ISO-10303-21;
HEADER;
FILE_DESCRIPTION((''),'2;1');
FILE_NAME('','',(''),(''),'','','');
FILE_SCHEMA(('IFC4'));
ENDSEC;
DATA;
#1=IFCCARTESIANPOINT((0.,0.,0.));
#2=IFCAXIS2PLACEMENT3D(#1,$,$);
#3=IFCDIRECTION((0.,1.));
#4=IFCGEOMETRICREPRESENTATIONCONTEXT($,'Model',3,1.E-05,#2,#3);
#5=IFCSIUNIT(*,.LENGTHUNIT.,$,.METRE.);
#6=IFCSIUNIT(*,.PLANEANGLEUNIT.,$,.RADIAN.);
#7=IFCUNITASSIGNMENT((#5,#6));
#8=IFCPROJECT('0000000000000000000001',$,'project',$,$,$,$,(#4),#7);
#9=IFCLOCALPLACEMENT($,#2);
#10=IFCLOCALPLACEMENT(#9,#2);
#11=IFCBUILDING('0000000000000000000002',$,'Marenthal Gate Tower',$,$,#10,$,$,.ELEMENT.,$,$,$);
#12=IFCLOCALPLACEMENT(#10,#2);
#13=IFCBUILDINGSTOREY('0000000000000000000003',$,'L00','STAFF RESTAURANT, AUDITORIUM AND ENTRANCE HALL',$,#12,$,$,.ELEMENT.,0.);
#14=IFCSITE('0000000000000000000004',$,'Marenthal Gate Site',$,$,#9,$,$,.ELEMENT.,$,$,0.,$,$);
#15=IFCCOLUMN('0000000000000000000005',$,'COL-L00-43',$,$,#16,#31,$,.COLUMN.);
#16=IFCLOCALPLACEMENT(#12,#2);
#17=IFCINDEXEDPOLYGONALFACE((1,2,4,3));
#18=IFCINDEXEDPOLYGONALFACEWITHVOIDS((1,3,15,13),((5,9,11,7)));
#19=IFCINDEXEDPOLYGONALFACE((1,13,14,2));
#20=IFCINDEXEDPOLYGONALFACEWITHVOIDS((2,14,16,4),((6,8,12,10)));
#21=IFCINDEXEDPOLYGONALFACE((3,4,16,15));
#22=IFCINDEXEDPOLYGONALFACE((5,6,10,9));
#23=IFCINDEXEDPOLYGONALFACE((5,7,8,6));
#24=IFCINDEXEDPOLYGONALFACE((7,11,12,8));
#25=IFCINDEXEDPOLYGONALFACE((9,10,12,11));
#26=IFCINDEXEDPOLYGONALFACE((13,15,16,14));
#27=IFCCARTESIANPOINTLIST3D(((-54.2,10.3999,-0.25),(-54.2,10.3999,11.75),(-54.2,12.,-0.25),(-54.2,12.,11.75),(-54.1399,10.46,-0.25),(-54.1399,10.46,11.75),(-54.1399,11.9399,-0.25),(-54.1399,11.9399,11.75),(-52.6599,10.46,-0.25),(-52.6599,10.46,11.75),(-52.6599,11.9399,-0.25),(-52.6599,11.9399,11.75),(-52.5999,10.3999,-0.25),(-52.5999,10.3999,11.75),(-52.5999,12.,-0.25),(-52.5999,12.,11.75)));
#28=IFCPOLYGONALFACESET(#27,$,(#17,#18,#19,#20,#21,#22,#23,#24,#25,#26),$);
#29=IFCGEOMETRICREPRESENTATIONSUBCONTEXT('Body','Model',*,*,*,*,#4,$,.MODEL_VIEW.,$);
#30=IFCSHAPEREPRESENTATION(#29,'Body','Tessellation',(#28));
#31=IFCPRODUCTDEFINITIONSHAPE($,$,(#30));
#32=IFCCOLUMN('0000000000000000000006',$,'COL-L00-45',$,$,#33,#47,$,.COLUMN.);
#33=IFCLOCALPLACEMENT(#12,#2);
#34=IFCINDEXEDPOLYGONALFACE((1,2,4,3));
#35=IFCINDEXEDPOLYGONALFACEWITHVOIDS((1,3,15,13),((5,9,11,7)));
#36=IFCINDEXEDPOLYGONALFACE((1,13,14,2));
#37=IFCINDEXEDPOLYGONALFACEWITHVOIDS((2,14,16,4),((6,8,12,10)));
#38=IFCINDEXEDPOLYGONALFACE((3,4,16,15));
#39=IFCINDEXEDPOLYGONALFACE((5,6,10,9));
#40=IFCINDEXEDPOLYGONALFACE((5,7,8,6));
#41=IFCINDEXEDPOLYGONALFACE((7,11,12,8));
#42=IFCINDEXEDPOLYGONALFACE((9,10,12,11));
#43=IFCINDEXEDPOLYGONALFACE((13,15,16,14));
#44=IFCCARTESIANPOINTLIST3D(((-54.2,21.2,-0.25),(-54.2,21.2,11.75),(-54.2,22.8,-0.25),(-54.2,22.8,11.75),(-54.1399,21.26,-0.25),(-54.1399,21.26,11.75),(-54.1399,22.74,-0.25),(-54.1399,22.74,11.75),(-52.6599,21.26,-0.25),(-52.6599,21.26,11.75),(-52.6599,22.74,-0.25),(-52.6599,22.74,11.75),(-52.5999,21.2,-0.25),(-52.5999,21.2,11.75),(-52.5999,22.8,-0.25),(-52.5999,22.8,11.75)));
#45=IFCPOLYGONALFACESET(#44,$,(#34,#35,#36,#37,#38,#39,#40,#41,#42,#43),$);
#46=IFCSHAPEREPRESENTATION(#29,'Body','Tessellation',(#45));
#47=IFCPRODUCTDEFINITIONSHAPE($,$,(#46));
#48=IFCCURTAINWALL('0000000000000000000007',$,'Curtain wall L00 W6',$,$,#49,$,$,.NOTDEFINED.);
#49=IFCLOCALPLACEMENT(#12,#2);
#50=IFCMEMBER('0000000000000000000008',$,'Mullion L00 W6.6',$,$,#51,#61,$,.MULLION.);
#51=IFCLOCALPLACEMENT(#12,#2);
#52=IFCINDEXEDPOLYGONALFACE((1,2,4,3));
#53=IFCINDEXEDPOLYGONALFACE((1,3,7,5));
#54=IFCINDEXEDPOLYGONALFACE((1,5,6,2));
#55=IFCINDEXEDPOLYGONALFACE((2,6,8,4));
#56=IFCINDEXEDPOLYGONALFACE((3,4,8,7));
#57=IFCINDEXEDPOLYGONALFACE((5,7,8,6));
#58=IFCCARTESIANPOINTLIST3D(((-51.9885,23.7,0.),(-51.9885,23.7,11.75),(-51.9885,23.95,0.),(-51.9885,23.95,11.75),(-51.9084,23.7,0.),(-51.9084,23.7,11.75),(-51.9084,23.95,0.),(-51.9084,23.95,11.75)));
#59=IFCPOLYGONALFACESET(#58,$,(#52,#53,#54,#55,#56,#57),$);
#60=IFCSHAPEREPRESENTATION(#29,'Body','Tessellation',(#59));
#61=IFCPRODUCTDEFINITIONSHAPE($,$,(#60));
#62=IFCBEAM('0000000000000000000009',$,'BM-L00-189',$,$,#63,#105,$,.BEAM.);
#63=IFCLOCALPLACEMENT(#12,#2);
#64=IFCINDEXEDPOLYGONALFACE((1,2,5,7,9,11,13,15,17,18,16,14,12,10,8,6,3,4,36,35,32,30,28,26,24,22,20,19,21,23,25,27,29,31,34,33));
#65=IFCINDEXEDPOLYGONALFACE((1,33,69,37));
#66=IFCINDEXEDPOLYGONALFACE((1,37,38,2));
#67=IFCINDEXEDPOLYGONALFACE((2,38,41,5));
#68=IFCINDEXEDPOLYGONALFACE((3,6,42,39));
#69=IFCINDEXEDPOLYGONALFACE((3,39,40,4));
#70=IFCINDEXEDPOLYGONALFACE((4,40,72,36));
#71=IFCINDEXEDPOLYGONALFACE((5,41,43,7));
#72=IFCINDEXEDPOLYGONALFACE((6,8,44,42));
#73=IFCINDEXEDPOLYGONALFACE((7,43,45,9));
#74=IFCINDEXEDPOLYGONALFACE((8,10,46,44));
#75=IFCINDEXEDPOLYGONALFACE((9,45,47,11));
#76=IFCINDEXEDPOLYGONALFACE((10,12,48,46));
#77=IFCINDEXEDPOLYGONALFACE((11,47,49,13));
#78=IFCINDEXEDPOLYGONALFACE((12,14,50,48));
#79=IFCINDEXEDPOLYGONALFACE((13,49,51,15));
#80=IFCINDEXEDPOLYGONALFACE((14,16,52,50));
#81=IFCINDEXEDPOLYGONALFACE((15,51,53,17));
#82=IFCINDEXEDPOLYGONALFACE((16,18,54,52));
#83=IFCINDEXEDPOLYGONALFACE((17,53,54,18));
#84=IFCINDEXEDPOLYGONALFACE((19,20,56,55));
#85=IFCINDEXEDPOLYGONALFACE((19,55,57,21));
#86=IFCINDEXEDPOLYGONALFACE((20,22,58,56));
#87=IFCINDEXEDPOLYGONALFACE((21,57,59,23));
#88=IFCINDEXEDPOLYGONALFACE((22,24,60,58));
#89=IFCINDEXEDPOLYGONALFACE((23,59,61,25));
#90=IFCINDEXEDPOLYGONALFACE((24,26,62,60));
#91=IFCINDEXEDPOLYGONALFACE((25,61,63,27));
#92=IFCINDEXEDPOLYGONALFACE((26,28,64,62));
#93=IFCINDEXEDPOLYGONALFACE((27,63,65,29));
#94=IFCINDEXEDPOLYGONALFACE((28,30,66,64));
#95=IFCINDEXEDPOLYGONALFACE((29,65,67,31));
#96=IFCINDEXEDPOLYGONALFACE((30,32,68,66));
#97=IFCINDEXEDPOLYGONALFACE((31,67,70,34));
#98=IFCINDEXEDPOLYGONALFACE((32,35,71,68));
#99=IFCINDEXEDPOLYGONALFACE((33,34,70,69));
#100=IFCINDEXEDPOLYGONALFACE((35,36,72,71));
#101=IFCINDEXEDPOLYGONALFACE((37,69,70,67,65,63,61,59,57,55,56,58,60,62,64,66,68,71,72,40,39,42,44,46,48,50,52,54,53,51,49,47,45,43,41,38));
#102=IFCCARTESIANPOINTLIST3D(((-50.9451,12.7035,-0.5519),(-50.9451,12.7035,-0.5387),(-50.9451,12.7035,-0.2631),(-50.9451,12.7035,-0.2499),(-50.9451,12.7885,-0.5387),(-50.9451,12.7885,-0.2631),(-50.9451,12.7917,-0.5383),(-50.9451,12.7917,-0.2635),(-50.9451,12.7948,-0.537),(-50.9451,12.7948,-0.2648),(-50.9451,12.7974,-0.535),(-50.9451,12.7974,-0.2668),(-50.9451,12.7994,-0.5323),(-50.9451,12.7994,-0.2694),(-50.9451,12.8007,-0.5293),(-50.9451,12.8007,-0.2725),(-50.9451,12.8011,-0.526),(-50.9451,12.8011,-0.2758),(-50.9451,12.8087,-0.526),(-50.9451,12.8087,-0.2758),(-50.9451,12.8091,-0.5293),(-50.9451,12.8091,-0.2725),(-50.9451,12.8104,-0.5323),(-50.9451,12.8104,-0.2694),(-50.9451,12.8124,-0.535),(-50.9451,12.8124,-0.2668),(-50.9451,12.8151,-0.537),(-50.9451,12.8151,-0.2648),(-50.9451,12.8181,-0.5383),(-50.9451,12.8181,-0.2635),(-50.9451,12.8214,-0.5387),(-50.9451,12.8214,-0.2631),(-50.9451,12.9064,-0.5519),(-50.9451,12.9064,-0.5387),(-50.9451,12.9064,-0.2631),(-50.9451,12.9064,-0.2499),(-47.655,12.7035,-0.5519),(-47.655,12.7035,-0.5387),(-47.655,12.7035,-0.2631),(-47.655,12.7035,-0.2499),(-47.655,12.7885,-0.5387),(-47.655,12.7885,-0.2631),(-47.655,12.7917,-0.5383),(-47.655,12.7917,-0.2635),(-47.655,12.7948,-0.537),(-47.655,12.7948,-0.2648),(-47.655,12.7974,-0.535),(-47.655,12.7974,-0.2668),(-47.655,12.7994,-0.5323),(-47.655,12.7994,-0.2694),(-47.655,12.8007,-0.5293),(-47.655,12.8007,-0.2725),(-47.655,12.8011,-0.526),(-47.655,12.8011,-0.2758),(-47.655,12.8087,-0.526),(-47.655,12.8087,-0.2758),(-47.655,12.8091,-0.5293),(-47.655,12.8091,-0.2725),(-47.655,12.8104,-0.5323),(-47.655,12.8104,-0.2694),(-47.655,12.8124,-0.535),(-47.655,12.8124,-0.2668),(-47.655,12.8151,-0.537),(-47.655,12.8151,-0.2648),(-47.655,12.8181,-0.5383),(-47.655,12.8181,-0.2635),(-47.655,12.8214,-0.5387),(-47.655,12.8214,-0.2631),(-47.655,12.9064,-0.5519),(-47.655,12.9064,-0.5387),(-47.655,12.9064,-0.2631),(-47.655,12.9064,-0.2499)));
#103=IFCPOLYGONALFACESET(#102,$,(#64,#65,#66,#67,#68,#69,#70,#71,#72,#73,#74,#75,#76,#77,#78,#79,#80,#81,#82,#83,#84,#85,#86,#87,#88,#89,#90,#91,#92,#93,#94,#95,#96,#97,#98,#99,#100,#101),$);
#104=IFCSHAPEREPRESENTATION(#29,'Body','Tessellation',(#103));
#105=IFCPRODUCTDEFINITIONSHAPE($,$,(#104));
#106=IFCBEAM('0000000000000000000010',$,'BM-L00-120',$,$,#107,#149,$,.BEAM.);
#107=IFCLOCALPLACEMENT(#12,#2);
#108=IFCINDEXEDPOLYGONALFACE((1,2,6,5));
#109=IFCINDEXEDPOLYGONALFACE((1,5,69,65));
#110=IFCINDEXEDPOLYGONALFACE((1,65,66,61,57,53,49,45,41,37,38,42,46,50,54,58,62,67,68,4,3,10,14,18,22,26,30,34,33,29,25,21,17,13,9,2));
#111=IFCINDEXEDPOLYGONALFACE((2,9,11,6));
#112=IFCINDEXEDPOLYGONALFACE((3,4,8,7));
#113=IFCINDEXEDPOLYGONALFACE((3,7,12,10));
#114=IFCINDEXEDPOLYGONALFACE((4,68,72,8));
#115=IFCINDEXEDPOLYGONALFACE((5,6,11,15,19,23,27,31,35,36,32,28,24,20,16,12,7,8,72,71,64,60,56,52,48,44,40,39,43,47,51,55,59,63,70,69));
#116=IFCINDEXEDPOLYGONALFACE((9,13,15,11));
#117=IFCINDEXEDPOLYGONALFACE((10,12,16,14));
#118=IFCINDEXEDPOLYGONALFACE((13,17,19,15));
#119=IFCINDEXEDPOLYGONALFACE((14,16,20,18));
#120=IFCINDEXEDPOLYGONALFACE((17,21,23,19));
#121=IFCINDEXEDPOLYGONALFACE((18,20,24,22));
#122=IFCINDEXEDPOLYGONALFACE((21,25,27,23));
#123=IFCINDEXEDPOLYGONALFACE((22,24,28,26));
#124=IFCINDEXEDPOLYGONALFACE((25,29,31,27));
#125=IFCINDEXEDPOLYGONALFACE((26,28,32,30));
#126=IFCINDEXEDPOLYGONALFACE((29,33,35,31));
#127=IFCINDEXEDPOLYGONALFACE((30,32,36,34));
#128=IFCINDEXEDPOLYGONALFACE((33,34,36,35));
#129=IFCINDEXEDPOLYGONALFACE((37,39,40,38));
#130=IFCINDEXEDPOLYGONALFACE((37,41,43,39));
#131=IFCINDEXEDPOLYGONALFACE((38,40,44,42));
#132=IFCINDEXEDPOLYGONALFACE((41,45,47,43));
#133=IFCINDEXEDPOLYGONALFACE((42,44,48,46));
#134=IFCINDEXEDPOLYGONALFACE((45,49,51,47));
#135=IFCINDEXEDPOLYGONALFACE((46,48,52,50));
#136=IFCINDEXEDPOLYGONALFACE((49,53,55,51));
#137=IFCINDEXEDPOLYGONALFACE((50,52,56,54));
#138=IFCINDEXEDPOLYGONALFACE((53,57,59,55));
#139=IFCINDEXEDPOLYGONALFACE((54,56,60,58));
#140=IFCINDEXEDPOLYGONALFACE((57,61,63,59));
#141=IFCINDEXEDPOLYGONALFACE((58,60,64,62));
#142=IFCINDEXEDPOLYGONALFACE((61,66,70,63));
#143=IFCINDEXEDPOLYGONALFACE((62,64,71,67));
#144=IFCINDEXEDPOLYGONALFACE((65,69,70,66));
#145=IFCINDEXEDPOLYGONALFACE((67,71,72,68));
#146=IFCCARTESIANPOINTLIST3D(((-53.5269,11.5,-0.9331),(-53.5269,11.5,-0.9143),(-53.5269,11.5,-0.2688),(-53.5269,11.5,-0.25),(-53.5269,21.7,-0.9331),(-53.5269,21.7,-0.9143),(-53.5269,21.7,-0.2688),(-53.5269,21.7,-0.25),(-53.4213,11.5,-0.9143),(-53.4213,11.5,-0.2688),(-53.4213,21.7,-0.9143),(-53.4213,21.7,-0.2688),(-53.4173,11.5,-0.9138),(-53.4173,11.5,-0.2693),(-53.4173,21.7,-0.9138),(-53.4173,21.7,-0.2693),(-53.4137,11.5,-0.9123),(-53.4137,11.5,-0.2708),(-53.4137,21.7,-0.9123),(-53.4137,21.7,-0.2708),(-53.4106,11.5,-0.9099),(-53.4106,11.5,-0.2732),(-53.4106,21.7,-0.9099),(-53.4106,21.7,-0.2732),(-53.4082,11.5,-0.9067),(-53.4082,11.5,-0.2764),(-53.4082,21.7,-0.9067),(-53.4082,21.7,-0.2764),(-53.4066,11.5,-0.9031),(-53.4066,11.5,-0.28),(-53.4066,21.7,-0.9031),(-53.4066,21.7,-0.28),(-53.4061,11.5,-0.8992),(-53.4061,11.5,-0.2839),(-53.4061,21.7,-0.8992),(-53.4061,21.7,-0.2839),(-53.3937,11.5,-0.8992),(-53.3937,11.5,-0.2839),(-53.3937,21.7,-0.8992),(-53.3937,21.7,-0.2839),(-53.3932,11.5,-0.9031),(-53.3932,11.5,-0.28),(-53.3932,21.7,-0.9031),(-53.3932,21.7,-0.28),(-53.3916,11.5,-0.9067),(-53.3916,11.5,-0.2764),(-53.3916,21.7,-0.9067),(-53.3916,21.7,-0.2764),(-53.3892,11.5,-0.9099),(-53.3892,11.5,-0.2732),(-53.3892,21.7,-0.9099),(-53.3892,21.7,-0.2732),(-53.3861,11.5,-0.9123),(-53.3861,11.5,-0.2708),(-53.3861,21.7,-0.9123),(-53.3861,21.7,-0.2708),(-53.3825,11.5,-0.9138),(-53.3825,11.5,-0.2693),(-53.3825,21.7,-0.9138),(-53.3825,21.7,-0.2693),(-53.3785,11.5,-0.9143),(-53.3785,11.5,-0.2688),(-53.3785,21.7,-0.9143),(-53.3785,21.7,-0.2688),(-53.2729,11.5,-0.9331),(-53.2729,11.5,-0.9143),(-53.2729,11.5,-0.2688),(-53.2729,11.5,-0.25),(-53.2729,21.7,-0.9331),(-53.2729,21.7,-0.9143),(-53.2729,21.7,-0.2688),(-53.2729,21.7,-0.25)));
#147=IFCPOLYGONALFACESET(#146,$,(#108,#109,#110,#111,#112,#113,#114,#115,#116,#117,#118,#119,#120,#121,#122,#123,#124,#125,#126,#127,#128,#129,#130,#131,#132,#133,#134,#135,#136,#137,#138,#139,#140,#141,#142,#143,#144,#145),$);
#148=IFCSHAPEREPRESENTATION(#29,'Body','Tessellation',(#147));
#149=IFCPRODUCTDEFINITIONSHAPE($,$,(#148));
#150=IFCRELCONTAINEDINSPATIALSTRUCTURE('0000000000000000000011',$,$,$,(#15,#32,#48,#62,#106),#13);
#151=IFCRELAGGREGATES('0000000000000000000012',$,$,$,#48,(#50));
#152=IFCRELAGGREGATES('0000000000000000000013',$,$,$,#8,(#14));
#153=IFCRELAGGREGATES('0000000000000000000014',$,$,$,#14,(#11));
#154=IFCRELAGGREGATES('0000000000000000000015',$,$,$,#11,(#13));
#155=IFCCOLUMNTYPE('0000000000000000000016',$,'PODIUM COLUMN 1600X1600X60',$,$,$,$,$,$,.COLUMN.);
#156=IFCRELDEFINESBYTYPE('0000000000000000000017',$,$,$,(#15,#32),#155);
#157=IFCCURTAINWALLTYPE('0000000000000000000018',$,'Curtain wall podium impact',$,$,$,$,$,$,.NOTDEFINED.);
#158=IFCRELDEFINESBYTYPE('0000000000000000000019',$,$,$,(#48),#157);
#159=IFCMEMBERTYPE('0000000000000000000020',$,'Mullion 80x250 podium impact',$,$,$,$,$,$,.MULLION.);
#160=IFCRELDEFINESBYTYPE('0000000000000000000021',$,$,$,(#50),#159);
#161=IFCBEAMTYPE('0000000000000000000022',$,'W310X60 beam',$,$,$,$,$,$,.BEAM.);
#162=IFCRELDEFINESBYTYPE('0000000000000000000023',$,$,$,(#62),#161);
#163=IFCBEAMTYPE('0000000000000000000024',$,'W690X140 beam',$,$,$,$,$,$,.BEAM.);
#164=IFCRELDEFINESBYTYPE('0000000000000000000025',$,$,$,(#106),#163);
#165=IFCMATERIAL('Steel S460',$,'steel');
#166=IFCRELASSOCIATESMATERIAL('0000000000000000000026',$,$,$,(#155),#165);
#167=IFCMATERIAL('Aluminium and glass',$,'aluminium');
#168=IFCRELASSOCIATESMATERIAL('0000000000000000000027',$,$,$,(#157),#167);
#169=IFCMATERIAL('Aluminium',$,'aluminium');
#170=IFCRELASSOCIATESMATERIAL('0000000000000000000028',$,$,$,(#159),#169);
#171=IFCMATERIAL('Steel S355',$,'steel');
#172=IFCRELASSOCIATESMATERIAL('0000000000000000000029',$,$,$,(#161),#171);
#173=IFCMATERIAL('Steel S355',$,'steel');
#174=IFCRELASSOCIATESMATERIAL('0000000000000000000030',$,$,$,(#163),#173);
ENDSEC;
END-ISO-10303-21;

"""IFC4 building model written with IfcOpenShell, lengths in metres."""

from ifc_helpers import new_model, si_unit, direction, frame, origin, origin_2d, place, context, subcontext, project, spatial, rectangle, hollow_rectangle, i_section, extrude, material, material_profile, profile_set, type_object, element, aggregate, save


model = new_model("IFC4")

# Units and contexts
model_context = context("Model", 3, precision=1e-05, world=origin(), true_north=direction((0.0, 1.0)))
body_context = subcontext(model_context, "Body", "Model", "MODEL_VIEW")
ifc_project = project(units=[si_unit("LENGTHUNIT", "METRE"), si_unit("PLANEANGLEUNIT", "RADIAN")], contexts=[model_context])

# Site, building, storey
site_placement = place(None, origin())
site = spatial("IfcSite", under=ifc_project, at=site_placement, Name="Marenthal Gate Site", CompositionType="ELEMENT", RefElevation=0.0)
building_placement = place(site_placement, origin())
building = spatial("IfcBuilding", under=site, at=building_placement, Name="Marenthal Gate Tower", CompositionType="ELEMENT")
storey_placement = place(building_placement, origin())
storey = spatial("IfcBuildingStorey", under=building, at=storey_placement, Name="L00", Description="STAFF RESTAURANT, AUDITORIUM AND ENTRANCE HALL", CompositionType="ELEMENT", Elevation=0.0)

# Columns
ifc_material_1 = material(Name="Steel S460", Category="steel")
ifc_material_profile_1 = material_profile(ifc_material_1, hollow_rectangle(XDim=1.6001, YDim=1.6001, WallThickness=0.0601, at=origin_2d()), Name="CFT BOX 1600X1600X60")
ifc_material_2 = material(Name="Concrete 70 MPa", Category="concrete")
ifc_material_profile_2 = material_profile(ifc_material_2, rectangle(XDim=1.48, YDim=1.48, at=origin_2d()), Name="CFT BOX 1600X1600X60 INFILL")
ifc_profile_set_1 = profile_set([ifc_material_profile_1, ifc_material_profile_2], Name="Steel S460 shell, Concrete 70 MPa infill")
column_type = type_object("IfcColumnType", Name="PODIUM COLUMN 1600X1600X60", PredefinedType="COLUMN", material=ifc_profile_set_1)
for number, where, z_axis, x_axis, name in (
    (1, (-53.3999, 11.2, -0.25), (0.0, 0.0, 1.0), (1.0, 0.0, 0.0), "COL-L00-43"),
    (2, (-53.3999, 22.0, -0.25), (0.0, 0.0, 1.0), (1.0, 0.0, 0.0), "COL-L00-45"),
):
    element("IfcColumn", number, at=place(storey_placement, frame(where, z_axis=z_axis, x_axis=x_axis)), inside=storey, type_object=column_type, Name=name, PredefinedType="COLUMN", context=body_context, shape_type="SweptSolid", body=[
        extrude(hollow_rectangle(XDim=1.6001, YDim=1.6001, WallThickness=0.0601, at=origin_2d()), origin(), (0.0, 0.0, 1.0), 12.0),
    ])

# Curtain wall, member
ifc_material_3 = material(Name="Aluminium and glass", Category="aluminium")
curtain_wall_type = type_object("IfcCurtainWallType", Name="Curtain wall podium impact", PredefinedType="NOTDEFINED", material=ifc_material_3)
curtain_wall_placement = place(storey_placement, origin())
curtain_wall = element("IfcCurtainWall", 3, at=curtain_wall_placement, inside=storey, type_object=curtain_wall_type, Name="Curtain wall L00 W6", PredefinedType="NOTDEFINED")
ifc_material_4 = material(Name="Aluminium", Category="aluminium")
ifc_material_profile_3 = material_profile(ifc_material_4, rectangle(XDim=0.25, YDim=0.0801, at=origin_2d()), Name="80x250 aluminium mullion")
ifc_profile_set_2 = profile_set([ifc_material_profile_3], Name="Aluminium")
member_type = type_object("IfcMemberType", Name="Mullion 80x250 podium impact", PredefinedType="MULLION", material=ifc_profile_set_2)
member_placement = place(storey_placement, frame((-51.9485, 23.825, 0.0), z_axis=(0.0, 0.0, 1.0), x_axis=(0.0, -1.0, 0.0)))
member = element("IfcMember", 4, at=member_placement, type_object=member_type, Name="Mullion L00 W6.6", PredefinedType="MULLION", context=body_context, shape_type="SweptSolid", body=[
    extrude(rectangle(XDim=0.25, YDim=0.0801, at=origin_2d()), origin(), (0.0, 0.0, 1.0), 11.75),
])
aggregate(curtain_wall, [member])

# Beams
ifc_material_5 = material(Name="Steel S355", Category="steel")
ifc_material_profile_4 = material_profile(ifc_material_5, i_section(OverallWidth=0.2029, OverallDepth=0.302, WebThickness=0.0076, FlangeThickness=0.0132, FilletRadius=0.0127, at=origin_2d()), Name="W310X60")
ifc_profile_set_3 = profile_set([ifc_material_profile_4], Name="Steel S355")
beam_type_1 = type_object("IfcBeamType", Name="W310X60 beam", PredefinedType="BEAM", material=ifc_profile_set_3)
beam_1_placement = place(storey_placement, frame((-50.9451, 12.8049, -0.4009), z_axis=(1.0, 0.0, 0.0), x_axis=(0.0, 1.0, 0.0)))
element("IfcBeam", 5, at=beam_1_placement, inside=storey, type_object=beam_type_1, Name="BM-L00-189", PredefinedType="BEAM", context=body_context, shape_type="SweptSolid", body=[
    extrude(i_section(OverallWidth=0.2029, OverallDepth=0.302, WebThickness=0.0076, FlangeThickness=0.0132, FilletRadius=0.0127, at=origin_2d()), origin(), (0.0, 0.0, 1.0), 3.29),
])
ifc_material_6 = material(Name="Steel S355", Category="steel")
ifc_material_profile_5 = material_profile(ifc_material_6, i_section(OverallWidth=0.2539, OverallDepth=0.6831, WebThickness=0.0125, FlangeThickness=0.0188, FilletRadius=0.0151, at=origin_2d()), Name="W690X140")
ifc_profile_set_4 = profile_set([ifc_material_profile_5], Name="Steel S355")
beam_type_2 = type_object("IfcBeamType", Name="W690X140 beam", PredefinedType="BEAM", material=ifc_profile_set_4)
beam_2_placement = place(storey_placement, frame((-53.3999, 11.5, -0.5916), z_axis=(0.0, 1.0, 0.0), x_axis=(-1.0, 0.0, 0.0)))
element("IfcBeam", 6, at=beam_2_placement, inside=storey, type_object=beam_type_2, Name="BM-L00-120", PredefinedType="BEAM", context=body_context, shape_type="SweptSolid", body=[
    extrude(i_section(OverallWidth=0.2539, OverallDepth=0.6831, WebThickness=0.0125, FlangeThickness=0.0188, FilletRadius=0.0151, at=origin_2d()), origin(), (0.0, 0.0, 1.0), 10.2),
])

save(model, "model.ifc")
